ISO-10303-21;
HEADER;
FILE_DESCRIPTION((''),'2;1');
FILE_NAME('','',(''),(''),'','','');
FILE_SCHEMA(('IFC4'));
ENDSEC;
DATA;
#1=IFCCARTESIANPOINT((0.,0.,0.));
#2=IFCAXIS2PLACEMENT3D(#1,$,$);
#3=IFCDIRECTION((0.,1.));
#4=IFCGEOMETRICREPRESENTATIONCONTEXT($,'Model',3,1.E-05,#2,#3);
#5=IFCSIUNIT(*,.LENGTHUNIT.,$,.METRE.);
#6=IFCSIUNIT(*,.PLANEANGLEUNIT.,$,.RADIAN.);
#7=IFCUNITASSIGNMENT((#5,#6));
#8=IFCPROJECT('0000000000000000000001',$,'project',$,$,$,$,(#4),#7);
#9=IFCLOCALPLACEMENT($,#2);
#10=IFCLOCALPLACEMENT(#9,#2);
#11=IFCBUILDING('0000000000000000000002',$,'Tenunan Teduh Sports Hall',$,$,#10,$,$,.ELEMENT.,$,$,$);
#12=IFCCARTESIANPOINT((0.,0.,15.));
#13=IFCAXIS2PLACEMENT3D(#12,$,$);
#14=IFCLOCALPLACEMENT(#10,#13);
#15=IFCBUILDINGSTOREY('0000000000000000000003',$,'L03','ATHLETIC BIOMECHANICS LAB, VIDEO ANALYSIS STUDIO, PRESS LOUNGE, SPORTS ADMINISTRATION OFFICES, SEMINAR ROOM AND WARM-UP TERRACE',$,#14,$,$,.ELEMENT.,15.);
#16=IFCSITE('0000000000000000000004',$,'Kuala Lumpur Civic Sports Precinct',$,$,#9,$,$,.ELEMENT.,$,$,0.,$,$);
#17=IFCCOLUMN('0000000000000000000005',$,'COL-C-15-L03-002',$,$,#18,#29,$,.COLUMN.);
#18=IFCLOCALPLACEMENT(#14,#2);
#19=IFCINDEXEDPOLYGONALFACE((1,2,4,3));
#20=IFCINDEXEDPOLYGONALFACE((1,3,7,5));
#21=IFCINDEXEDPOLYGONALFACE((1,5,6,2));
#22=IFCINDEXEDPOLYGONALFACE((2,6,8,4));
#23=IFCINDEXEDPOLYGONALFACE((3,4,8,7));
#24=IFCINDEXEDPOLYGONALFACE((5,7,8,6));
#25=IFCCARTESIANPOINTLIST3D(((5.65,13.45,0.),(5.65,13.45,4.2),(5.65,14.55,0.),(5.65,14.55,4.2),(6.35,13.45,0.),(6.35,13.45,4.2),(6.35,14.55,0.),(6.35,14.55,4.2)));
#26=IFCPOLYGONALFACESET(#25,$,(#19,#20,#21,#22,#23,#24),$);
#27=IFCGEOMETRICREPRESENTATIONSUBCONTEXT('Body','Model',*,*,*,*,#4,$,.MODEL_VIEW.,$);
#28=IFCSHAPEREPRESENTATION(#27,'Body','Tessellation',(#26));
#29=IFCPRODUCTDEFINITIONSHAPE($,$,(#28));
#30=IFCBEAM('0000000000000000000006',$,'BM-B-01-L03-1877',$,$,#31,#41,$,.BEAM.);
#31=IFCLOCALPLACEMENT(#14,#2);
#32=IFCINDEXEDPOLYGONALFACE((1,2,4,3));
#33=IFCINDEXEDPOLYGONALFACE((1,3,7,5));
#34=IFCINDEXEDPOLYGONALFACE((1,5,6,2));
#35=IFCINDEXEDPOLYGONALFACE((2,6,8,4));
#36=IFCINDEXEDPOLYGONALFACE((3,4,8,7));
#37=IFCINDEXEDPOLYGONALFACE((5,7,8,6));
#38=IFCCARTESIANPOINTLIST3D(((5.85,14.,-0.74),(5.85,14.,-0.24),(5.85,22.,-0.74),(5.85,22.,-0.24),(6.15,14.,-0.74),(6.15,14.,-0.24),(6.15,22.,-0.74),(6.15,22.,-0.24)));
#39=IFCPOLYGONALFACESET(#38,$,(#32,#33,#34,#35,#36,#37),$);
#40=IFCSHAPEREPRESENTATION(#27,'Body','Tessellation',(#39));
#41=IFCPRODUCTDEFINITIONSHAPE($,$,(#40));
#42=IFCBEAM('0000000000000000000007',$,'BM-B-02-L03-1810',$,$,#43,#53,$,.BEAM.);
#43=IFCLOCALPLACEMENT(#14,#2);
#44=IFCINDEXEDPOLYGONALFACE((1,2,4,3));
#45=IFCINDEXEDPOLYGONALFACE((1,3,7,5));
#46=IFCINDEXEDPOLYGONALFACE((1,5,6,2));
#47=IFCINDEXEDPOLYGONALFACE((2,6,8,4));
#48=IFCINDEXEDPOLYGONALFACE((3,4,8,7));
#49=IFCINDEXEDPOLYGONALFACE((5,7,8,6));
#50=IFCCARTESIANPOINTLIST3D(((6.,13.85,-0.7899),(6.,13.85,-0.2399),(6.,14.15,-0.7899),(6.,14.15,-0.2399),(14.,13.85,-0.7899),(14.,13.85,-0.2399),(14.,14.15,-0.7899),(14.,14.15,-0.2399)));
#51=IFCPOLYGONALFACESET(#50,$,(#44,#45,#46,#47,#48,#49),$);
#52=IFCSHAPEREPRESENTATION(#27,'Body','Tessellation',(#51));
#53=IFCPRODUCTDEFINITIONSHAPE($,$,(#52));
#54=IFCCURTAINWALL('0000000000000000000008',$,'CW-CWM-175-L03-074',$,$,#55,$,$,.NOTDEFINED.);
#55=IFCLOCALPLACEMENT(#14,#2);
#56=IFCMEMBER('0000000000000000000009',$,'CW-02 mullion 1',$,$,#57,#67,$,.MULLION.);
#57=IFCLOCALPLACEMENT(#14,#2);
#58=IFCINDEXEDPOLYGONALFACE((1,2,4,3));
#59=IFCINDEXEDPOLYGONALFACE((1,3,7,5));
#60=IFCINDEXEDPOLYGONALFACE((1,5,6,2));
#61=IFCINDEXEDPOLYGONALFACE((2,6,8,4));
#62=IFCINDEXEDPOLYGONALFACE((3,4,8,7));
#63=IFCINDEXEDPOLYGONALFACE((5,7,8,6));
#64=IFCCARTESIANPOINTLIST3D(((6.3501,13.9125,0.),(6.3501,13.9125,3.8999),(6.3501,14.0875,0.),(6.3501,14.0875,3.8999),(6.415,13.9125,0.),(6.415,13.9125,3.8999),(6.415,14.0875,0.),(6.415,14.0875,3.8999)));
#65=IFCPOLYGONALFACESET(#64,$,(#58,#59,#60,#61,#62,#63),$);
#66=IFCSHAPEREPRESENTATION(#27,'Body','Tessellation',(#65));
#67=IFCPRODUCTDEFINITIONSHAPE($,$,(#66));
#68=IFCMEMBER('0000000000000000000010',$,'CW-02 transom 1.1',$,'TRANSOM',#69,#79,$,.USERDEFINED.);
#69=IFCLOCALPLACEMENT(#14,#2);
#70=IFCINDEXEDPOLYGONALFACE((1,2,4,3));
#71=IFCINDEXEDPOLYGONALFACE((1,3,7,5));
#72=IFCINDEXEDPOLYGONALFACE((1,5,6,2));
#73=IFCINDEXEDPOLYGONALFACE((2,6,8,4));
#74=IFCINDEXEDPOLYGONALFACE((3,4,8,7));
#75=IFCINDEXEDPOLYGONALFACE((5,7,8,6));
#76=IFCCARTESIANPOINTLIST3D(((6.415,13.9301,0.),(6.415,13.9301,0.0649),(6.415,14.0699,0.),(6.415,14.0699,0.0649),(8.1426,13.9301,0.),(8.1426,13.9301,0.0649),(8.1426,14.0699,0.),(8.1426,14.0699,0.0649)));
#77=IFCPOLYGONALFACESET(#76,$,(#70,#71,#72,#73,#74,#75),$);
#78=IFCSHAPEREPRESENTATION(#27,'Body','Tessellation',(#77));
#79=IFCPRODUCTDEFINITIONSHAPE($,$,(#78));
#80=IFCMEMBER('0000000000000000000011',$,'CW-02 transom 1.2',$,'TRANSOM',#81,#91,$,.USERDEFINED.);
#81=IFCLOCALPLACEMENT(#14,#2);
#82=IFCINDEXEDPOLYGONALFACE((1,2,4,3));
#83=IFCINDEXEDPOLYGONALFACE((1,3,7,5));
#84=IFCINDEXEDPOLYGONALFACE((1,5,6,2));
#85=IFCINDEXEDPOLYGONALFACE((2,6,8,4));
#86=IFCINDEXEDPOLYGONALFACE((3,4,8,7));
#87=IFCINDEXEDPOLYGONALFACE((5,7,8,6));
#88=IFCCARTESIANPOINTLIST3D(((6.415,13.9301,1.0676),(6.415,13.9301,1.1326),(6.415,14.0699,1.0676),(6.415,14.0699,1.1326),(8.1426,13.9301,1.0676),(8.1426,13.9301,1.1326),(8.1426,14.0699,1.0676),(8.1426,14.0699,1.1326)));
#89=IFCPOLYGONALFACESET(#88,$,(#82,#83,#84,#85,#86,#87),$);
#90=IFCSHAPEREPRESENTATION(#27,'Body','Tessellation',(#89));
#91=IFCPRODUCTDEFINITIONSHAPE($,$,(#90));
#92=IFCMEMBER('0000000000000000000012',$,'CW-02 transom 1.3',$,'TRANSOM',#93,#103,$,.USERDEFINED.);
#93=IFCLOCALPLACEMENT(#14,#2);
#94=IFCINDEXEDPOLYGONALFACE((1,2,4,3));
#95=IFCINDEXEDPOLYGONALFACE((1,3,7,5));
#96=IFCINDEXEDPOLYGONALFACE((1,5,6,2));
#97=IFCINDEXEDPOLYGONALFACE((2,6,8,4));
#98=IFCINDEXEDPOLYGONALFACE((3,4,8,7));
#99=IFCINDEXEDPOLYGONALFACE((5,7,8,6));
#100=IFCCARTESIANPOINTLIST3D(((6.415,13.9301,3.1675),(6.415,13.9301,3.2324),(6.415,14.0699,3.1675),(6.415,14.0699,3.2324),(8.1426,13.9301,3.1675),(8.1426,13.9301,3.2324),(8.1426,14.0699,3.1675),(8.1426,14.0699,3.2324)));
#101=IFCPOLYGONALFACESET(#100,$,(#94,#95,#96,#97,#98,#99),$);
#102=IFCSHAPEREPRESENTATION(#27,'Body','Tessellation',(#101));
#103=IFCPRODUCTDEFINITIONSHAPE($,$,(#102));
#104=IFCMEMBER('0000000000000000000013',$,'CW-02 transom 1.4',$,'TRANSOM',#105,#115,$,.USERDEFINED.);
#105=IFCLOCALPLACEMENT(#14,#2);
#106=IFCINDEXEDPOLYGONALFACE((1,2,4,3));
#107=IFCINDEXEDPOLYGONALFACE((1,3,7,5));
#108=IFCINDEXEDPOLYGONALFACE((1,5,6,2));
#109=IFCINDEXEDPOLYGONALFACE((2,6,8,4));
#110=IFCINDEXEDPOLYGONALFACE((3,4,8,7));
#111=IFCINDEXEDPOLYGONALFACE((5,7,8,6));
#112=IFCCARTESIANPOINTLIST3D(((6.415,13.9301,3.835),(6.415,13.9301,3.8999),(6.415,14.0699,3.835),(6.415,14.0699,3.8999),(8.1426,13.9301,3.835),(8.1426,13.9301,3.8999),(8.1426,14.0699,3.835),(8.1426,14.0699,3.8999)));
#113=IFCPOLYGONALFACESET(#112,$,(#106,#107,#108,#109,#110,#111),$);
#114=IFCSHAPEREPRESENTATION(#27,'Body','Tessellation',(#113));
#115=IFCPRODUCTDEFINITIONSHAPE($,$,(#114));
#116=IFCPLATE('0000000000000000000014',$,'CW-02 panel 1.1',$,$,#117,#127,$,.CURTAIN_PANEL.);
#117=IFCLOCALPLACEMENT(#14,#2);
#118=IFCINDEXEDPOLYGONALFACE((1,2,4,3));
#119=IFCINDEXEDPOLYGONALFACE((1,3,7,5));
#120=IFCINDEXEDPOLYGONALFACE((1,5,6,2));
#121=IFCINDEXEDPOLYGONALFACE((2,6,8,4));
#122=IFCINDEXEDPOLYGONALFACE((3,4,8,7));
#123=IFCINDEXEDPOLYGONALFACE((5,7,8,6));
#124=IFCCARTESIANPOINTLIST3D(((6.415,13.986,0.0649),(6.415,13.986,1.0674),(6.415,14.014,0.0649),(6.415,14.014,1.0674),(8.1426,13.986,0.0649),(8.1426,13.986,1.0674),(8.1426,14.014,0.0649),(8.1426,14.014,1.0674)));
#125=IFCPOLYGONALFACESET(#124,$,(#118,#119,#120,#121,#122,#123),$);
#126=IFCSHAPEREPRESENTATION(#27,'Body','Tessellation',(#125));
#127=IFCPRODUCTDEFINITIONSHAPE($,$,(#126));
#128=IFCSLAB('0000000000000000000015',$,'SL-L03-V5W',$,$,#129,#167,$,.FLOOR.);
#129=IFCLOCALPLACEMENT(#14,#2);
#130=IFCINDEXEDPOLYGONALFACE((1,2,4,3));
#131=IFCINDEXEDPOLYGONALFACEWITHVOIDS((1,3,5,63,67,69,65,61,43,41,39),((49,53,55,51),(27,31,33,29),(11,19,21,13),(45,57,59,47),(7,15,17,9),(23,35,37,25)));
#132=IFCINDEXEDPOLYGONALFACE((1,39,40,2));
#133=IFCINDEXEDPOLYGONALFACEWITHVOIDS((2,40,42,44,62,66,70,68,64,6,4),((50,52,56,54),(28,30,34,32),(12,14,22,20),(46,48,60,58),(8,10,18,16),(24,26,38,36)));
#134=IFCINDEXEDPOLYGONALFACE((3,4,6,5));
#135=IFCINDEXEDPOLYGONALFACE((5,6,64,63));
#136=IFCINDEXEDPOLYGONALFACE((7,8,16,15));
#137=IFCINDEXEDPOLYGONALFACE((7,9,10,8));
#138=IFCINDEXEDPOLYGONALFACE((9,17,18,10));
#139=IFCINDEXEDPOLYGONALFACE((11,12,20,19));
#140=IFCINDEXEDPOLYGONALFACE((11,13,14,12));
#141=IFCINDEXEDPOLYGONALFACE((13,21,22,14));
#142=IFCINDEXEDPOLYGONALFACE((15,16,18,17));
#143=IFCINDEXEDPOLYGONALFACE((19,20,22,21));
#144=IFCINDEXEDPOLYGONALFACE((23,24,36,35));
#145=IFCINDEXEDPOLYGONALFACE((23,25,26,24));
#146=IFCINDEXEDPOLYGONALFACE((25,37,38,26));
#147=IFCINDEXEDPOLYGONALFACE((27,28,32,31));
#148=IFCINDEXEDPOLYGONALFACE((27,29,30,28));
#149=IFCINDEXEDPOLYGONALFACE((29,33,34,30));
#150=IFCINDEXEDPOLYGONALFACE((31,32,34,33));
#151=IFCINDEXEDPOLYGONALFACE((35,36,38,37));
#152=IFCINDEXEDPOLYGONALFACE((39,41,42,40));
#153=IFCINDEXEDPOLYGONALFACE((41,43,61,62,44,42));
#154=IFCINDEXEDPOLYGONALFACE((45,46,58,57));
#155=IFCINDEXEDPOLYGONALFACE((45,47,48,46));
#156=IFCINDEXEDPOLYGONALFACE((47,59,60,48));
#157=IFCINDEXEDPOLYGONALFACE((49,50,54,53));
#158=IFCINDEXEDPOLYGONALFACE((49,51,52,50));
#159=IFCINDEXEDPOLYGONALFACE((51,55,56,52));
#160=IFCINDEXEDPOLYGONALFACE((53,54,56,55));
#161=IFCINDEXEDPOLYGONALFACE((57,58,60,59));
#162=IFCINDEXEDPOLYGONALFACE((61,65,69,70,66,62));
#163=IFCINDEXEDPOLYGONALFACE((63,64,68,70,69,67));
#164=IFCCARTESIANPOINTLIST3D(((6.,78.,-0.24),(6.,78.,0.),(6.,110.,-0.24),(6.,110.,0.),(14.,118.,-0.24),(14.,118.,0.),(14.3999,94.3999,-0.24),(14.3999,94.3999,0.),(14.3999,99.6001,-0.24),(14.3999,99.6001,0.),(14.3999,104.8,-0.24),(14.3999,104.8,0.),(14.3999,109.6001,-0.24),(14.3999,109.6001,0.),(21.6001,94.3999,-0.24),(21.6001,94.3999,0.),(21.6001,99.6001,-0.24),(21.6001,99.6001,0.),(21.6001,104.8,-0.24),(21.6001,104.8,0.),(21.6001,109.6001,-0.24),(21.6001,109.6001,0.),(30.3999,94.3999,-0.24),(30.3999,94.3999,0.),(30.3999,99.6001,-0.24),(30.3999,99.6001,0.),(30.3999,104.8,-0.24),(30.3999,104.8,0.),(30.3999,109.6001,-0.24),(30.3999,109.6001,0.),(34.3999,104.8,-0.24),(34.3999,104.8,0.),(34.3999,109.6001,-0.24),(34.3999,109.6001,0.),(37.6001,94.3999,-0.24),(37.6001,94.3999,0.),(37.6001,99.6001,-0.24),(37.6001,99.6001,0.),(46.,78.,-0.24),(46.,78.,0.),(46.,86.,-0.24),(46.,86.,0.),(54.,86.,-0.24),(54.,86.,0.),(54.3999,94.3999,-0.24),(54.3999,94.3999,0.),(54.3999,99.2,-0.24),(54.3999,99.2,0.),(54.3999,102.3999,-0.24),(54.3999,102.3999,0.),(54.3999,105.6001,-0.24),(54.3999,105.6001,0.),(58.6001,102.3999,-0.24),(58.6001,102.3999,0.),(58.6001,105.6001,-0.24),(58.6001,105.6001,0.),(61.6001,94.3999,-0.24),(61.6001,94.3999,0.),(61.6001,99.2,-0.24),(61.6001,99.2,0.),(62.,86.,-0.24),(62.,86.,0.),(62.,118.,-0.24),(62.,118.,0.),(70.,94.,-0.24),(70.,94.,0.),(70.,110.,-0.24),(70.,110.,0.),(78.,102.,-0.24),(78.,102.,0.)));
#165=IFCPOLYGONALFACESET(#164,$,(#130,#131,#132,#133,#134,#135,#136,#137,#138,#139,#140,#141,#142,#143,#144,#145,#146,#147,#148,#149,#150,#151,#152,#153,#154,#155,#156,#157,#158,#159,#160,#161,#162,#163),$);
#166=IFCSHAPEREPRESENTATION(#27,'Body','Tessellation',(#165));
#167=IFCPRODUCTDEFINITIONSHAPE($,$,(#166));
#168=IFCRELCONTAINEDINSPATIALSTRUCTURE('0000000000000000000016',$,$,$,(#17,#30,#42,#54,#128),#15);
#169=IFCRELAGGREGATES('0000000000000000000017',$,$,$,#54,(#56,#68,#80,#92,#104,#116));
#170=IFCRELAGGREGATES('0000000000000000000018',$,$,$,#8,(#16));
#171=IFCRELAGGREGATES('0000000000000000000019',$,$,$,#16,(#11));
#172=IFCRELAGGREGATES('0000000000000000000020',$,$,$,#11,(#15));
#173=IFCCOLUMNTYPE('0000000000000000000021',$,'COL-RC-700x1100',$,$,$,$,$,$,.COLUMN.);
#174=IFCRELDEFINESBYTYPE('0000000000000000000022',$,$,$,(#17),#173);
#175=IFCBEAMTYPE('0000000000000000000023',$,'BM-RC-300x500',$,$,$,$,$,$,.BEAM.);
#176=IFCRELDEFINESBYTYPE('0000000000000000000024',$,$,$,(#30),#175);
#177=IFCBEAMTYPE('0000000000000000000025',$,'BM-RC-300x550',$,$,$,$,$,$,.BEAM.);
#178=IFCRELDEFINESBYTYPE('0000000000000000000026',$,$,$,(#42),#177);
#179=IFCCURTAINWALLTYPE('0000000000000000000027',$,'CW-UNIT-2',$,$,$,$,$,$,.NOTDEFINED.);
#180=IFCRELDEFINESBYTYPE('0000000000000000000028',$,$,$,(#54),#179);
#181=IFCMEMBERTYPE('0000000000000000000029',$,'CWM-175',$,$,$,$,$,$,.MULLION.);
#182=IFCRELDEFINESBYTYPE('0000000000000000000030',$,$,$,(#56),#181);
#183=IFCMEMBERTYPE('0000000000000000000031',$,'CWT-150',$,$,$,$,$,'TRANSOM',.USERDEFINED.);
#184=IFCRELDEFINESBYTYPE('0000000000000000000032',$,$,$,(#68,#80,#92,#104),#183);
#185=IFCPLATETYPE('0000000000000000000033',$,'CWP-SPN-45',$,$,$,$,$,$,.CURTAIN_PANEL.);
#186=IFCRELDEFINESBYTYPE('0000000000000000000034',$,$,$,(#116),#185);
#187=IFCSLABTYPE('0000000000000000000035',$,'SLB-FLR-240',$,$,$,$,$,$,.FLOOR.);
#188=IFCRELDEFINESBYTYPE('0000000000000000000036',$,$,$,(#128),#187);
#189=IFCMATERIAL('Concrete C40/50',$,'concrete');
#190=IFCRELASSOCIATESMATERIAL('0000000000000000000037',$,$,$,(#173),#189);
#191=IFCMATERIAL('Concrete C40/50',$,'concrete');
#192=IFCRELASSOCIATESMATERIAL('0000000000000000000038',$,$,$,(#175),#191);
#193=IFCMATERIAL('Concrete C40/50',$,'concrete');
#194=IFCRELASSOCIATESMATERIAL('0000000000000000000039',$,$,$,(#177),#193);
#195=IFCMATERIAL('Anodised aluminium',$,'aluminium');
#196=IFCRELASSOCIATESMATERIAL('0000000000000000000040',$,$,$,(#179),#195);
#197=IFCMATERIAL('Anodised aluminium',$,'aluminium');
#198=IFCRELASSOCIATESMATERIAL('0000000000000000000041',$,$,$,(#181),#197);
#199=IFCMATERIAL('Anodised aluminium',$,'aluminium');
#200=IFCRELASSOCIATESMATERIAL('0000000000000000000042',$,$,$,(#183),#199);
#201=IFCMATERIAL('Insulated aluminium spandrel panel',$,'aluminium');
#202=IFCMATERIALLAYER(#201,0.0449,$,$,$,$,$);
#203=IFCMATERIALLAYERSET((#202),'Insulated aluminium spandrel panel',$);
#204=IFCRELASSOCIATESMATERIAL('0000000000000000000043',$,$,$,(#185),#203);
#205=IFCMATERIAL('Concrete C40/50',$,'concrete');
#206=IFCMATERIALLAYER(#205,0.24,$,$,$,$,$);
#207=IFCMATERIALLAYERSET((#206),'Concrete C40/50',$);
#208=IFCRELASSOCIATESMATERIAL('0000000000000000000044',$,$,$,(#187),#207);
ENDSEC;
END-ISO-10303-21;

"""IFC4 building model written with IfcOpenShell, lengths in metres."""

from ifc_helpers import new_model, si_unit, direction, frame, origin, origin_2d, place, context, subcontext, project, spatial, polyline, rectangle, outline, extrude, material, layer, layer_set, material_profile, profile_set, type_object, element, aggregate, save


model = new_model("IFC4")

# Units and contexts
model_context = context("Model", 3, precision=1e-05, world=origin(), true_north=direction((0.0, 1.0)))
body_context = subcontext(model_context, "Body", "Model", "MODEL_VIEW")
ifc_project = project(units=[si_unit("LENGTHUNIT", "METRE"), si_unit("PLANEANGLEUNIT", "RADIAN")], contexts=[model_context])

# Site, building, storey
site_placement = place(None, origin())
site = spatial("IfcSite", under=ifc_project, at=site_placement, Name="Kuala Lumpur Civic Sports Precinct", CompositionType="ELEMENT", RefElevation=0.0)
building_placement = place(site_placement, origin())
building = spatial("IfcBuilding", under=site, at=building_placement, Name="Tenunan Teduh Sports Hall", CompositionType="ELEMENT")
storey_placement = place(building_placement, frame((0.0, 0.0, 15.0)))
storey = spatial("IfcBuildingStorey", under=building, at=storey_placement, Name="L03", Description="ATHLETIC BIOMECHANICS LAB, VIDEO ANALYSIS STUDIO, PRESS LOUNGE, SPORTS ADMINISTRATION OFFICES, SEMINAR ROOM AND WARM-UP TERRACE", CompositionType="ELEMENT", Elevation=15.0)

# Column
ifc_material_1 = material(Name="Concrete C40/50", Category="concrete")
ifc_material_profile_1 = material_profile(ifc_material_1, rectangle(XDim=0.7, YDim=1.1001, at=origin_2d()), Name="RC 700x1100")
ifc_profile_set_1 = profile_set([ifc_material_profile_1], Name="Concrete C40/50")
column_type = type_object("IfcColumnType", Name="COL-RC-700x1100", PredefinedType="COLUMN", material=ifc_profile_set_1)
column_placement = place(storey_placement, frame((6.0, 14.0, 0.0), z_axis=(0.0, 0.0, 1.0), x_axis=(1.0, 0.0, 0.0)))
element("IfcColumn", 1, at=column_placement, inside=storey, type_object=column_type, Name="COL-C-15-L03-002", PredefinedType="COLUMN", context=body_context, shape_type="SweptSolid", body=[
    extrude(rectangle(XDim=0.7, YDim=1.1001, at=origin_2d()), origin(), (0.0, 0.0, 1.0), 4.2),
])

# Beams
ifc_material_2 = material(Name="Concrete C40/50", Category="concrete")
ifc_material_profile_2 = material_profile(ifc_material_2, rectangle(XDim=0.3, YDim=0.5, at=origin_2d()), Name="RCB 300x500")
ifc_profile_set_2 = profile_set([ifc_material_profile_2], Name="Concrete C40/50")
beam_type_1 = type_object("IfcBeamType", Name="BM-RC-300x500", PredefinedType="BEAM", material=ifc_profile_set_2)
beam_1_placement = place(storey_placement, frame((6.0, 14.0, -0.49), z_axis=(0.0, 1.0, 0.0), x_axis=(-1.0, 0.0, 0.0)))
element("IfcBeam", 2, at=beam_1_placement, inside=storey, type_object=beam_type_1, Name="BM-B-01-L03-1877", PredefinedType="BEAM", context=body_context, shape_type="SweptSolid", body=[
    extrude(rectangle(XDim=0.3, YDim=0.5, at=origin_2d()), origin(), (0.0, 0.0, 1.0), 8.0),
])
ifc_material_3 = material(Name="Concrete C40/50", Category="concrete")
ifc_material_profile_3 = material_profile(ifc_material_3, rectangle(XDim=0.3, YDim=0.55, at=origin_2d()), Name="RCB 300x550")
ifc_profile_set_3 = profile_set([ifc_material_profile_3], Name="Concrete C40/50")
beam_type_2 = type_object("IfcBeamType", Name="BM-RC-300x550", PredefinedType="BEAM", material=ifc_profile_set_3)
beam_2_placement = place(storey_placement, frame((6.0, 14.0, -0.5149), z_axis=(1.0, 0.0, 0.0), x_axis=(0.0, 1.0, 0.0)))
element("IfcBeam", 3, at=beam_2_placement, inside=storey, type_object=beam_type_2, Name="BM-B-02-L03-1810", PredefinedType="BEAM", context=body_context, shape_type="SweptSolid", body=[
    extrude(rectangle(XDim=0.3, YDim=0.55, at=origin_2d()), origin(), (0.0, 0.0, 1.0), 8.0),
])

# Curtain wall, members, plate
ifc_material_4 = material(Name="Anodised aluminium", Category="aluminium")
curtain_wall_type = type_object("IfcCurtainWallType", Name="CW-UNIT-2", PredefinedType="NOTDEFINED", material=ifc_material_4)
curtain_wall_placement = place(storey_placement, origin())
curtain_wall = element("IfcCurtainWall", 4, at=curtain_wall_placement, inside=storey, type_object=curtain_wall_type, Name="CW-CWM-175-L03-074", PredefinedType="NOTDEFINED")
ifc_material_5 = material(Name="Anodised aluminium", Category="aluminium")
ifc_material_profile_4 = material_profile(ifc_material_5, rectangle(XDim=0.0649, YDim=0.175, at=origin_2d()), Name="CWM 65x175")
ifc_profile_set_4 = profile_set([ifc_material_profile_4], Name="Anodised aluminium")
member_type_1 = type_object("IfcMemberType", Name="CWM-175", PredefinedType="MULLION", material=ifc_profile_set_4)
member_1_placement = place(storey_placement, frame((6.3826, 14.0, 0.0), z_axis=(0.0, 0.0, 1.0), x_axis=(1.0, 0.0, 0.0)))
member_1 = element("IfcMember", 5, at=member_1_placement, type_object=member_type_1, Name="CW-02 mullion 1", PredefinedType="MULLION", context=body_context, shape_type="SweptSolid", body=[
    extrude(rectangle(XDim=0.0649, YDim=0.175, at=origin_2d()), origin(), (0.0, 0.0, 1.0), 3.8999),
])
ifc_material_6 = material(Name="Anodised aluminium", Category="aluminium")
ifc_material_profile_5 = material_profile(ifc_material_6, rectangle(XDim=0.0649, YDim=0.1399, at=origin_2d()), Name="CWT 65x140")
ifc_profile_set_5 = profile_set([ifc_material_profile_5], Name="Anodised aluminium")
member_type_2 = type_object("IfcMemberType", Name="CWT-150", ElementType="TRANSOM", PredefinedType="USERDEFINED", material=ifc_profile_set_5)
member_2_placement = place(storey_placement, frame((6.415, 14.0, 0.0325), z_axis=(1.0, 0.0, 0.0), x_axis=(0.0, 0.0, 1.0)))
member_2 = element("IfcMember", 6, at=member_2_placement, type_object=member_type_2, Name="CW-02 transom 1.1", ObjectType="TRANSOM", PredefinedType="USERDEFINED", context=body_context, shape_type="SweptSolid", body=[
    extrude(rectangle(XDim=0.0649, YDim=0.1399, at=origin_2d()), origin(), (0.0, 0.0, 1.0), 1.7275),
])
member_3_placement = place(storey_placement, frame((6.415, 14.0, 1.1001), z_axis=(1.0, 0.0, 0.0), x_axis=(0.0, 0.0, 1.0)))
member_3 = element("IfcMember", 7, at=member_3_placement, type_object=member_type_2, Name="CW-02 transom 1.2", ObjectType="TRANSOM", PredefinedType="USERDEFINED", context=body_context, shape_type="SweptSolid", body=[
    extrude(rectangle(XDim=0.0649, YDim=0.1399, at=origin_2d()), origin(), (0.0, 0.0, 1.0), 1.7275),
])
member_4_placement = place(storey_placement, frame((6.415, 14.0, 3.2), z_axis=(1.0, 0.0, 0.0), x_axis=(0.0, 0.0, 1.0)))
member_4 = element("IfcMember", 8, at=member_4_placement, type_object=member_type_2, Name="CW-02 transom 1.3", ObjectType="TRANSOM", PredefinedType="USERDEFINED", context=body_context, shape_type="SweptSolid", body=[
    extrude(rectangle(XDim=0.0649, YDim=0.1399, at=origin_2d()), origin(), (0.0, 0.0, 1.0), 1.7275),
])
member_5_placement = place(storey_placement, frame((6.415, 14.0, 3.8674), z_axis=(1.0, 0.0, 0.0), x_axis=(0.0, 0.0, 1.0)))
member_5 = element("IfcMember", 9, at=member_5_placement, type_object=member_type_2, Name="CW-02 transom 1.4", ObjectType="TRANSOM", PredefinedType="USERDEFINED", context=body_context, shape_type="SweptSolid", body=[
    extrude(rectangle(XDim=0.0649, YDim=0.1399, at=origin_2d()), origin(), (0.0, 0.0, 1.0), 1.7275),
])
ifc_material_7 = material(Name="Insulated aluminium spandrel panel", Category="aluminium")
ifc_layer_1 = layer(ifc_material_7, 0.0449)
ifc_layer_set_1 = layer_set([ifc_layer_1], Name="Insulated aluminium spandrel panel")
plate_type = type_object("IfcPlateType", Name="CWP-SPN-45", PredefinedType="CURTAIN_PANEL", material=ifc_layer_set_1)
plate_placement = place(storey_placement, frame((7.2788, 14.0, 0.0649), z_axis=(0.0, 0.0, 1.0), x_axis=(1.0, 0.0, 0.0)))
plate = element("IfcPlate", 10, at=plate_placement, type_object=plate_type, Name="CW-02 panel 1.1", PredefinedType="CURTAIN_PANEL", context=body_context, shape_type="SweptSolid", body=[
    extrude(rectangle(XDim=1.7275, YDim=0.0281, at=origin_2d()), origin(), (0.0, 0.0, 1.0), 1.0024),
])
aggregate(curtain_wall, [member_1, member_2, member_3, member_4, member_5, plate])

# Slab
ifc_material_8 = material(Name="Concrete C40/50", Category="concrete")
ifc_layer_2 = layer(ifc_material_8, 0.24)
ifc_layer_set_2 = layer_set([ifc_layer_2], Name="Concrete C40/50")
slab_type_1 = type_object("IfcSlabType", Name="SLB-FLR-240", PredefinedType="FLOOR", material=ifc_layer_set_2)
slab_1_placement = place(storey_placement, frame((0.0, 0.0, -0.24)))
element("IfcSlab", 11, at=slab_1_placement, inside=storey, type_object=slab_type_1, Name="SL-L03-V5W", PredefinedType="FLOOR", context=body_context, shape_type="SweptSolid", body=[
    extrude(outline(polyline([(6.0, 78.0), (46.0, 78.0), (46.0, 86.0), (54.0, 86.0), (62.0, 86.0), (70.0, 94.0), (78.0, 102.0), (70.0, 110.0), (62.0, 118.0), (14.0, 118.0), (6.0, 110.0), (6.0, 78.0)]), holes=[polyline([(14.3999, 94.3999), (21.6001, 94.3999), (21.6001, 99.6001), (14.3999, 99.6001), (14.3999, 94.3999)]), polyline([(14.3999, 104.8), (21.6001, 104.8), (21.6001, 109.6001), (14.3999, 109.6001), (14.3999, 104.8)]), polyline([(30.3999, 94.3999), (37.6001, 94.3999), (37.6001, 99.6001), (30.3999, 99.6001), (30.3999, 94.3999)]), polyline([(30.3999, 104.8), (34.3999, 104.8), (34.3999, 109.6001), (30.3999, 109.6001), (30.3999, 104.8)]), polyline([(54.3999, 94.3999), (61.6001, 94.3999), (61.6001, 99.2), (54.3999, 99.2), (54.3999, 94.3999)]), polyline([(54.3999, 102.3999), (58.6001, 102.3999), (58.6001, 105.6001), (54.3999, 105.6001), (54.3999, 102.3999)])]), origin(), (0.0, 0.0, 1.0), 0.24),
])

save(model, "model.ifc")
